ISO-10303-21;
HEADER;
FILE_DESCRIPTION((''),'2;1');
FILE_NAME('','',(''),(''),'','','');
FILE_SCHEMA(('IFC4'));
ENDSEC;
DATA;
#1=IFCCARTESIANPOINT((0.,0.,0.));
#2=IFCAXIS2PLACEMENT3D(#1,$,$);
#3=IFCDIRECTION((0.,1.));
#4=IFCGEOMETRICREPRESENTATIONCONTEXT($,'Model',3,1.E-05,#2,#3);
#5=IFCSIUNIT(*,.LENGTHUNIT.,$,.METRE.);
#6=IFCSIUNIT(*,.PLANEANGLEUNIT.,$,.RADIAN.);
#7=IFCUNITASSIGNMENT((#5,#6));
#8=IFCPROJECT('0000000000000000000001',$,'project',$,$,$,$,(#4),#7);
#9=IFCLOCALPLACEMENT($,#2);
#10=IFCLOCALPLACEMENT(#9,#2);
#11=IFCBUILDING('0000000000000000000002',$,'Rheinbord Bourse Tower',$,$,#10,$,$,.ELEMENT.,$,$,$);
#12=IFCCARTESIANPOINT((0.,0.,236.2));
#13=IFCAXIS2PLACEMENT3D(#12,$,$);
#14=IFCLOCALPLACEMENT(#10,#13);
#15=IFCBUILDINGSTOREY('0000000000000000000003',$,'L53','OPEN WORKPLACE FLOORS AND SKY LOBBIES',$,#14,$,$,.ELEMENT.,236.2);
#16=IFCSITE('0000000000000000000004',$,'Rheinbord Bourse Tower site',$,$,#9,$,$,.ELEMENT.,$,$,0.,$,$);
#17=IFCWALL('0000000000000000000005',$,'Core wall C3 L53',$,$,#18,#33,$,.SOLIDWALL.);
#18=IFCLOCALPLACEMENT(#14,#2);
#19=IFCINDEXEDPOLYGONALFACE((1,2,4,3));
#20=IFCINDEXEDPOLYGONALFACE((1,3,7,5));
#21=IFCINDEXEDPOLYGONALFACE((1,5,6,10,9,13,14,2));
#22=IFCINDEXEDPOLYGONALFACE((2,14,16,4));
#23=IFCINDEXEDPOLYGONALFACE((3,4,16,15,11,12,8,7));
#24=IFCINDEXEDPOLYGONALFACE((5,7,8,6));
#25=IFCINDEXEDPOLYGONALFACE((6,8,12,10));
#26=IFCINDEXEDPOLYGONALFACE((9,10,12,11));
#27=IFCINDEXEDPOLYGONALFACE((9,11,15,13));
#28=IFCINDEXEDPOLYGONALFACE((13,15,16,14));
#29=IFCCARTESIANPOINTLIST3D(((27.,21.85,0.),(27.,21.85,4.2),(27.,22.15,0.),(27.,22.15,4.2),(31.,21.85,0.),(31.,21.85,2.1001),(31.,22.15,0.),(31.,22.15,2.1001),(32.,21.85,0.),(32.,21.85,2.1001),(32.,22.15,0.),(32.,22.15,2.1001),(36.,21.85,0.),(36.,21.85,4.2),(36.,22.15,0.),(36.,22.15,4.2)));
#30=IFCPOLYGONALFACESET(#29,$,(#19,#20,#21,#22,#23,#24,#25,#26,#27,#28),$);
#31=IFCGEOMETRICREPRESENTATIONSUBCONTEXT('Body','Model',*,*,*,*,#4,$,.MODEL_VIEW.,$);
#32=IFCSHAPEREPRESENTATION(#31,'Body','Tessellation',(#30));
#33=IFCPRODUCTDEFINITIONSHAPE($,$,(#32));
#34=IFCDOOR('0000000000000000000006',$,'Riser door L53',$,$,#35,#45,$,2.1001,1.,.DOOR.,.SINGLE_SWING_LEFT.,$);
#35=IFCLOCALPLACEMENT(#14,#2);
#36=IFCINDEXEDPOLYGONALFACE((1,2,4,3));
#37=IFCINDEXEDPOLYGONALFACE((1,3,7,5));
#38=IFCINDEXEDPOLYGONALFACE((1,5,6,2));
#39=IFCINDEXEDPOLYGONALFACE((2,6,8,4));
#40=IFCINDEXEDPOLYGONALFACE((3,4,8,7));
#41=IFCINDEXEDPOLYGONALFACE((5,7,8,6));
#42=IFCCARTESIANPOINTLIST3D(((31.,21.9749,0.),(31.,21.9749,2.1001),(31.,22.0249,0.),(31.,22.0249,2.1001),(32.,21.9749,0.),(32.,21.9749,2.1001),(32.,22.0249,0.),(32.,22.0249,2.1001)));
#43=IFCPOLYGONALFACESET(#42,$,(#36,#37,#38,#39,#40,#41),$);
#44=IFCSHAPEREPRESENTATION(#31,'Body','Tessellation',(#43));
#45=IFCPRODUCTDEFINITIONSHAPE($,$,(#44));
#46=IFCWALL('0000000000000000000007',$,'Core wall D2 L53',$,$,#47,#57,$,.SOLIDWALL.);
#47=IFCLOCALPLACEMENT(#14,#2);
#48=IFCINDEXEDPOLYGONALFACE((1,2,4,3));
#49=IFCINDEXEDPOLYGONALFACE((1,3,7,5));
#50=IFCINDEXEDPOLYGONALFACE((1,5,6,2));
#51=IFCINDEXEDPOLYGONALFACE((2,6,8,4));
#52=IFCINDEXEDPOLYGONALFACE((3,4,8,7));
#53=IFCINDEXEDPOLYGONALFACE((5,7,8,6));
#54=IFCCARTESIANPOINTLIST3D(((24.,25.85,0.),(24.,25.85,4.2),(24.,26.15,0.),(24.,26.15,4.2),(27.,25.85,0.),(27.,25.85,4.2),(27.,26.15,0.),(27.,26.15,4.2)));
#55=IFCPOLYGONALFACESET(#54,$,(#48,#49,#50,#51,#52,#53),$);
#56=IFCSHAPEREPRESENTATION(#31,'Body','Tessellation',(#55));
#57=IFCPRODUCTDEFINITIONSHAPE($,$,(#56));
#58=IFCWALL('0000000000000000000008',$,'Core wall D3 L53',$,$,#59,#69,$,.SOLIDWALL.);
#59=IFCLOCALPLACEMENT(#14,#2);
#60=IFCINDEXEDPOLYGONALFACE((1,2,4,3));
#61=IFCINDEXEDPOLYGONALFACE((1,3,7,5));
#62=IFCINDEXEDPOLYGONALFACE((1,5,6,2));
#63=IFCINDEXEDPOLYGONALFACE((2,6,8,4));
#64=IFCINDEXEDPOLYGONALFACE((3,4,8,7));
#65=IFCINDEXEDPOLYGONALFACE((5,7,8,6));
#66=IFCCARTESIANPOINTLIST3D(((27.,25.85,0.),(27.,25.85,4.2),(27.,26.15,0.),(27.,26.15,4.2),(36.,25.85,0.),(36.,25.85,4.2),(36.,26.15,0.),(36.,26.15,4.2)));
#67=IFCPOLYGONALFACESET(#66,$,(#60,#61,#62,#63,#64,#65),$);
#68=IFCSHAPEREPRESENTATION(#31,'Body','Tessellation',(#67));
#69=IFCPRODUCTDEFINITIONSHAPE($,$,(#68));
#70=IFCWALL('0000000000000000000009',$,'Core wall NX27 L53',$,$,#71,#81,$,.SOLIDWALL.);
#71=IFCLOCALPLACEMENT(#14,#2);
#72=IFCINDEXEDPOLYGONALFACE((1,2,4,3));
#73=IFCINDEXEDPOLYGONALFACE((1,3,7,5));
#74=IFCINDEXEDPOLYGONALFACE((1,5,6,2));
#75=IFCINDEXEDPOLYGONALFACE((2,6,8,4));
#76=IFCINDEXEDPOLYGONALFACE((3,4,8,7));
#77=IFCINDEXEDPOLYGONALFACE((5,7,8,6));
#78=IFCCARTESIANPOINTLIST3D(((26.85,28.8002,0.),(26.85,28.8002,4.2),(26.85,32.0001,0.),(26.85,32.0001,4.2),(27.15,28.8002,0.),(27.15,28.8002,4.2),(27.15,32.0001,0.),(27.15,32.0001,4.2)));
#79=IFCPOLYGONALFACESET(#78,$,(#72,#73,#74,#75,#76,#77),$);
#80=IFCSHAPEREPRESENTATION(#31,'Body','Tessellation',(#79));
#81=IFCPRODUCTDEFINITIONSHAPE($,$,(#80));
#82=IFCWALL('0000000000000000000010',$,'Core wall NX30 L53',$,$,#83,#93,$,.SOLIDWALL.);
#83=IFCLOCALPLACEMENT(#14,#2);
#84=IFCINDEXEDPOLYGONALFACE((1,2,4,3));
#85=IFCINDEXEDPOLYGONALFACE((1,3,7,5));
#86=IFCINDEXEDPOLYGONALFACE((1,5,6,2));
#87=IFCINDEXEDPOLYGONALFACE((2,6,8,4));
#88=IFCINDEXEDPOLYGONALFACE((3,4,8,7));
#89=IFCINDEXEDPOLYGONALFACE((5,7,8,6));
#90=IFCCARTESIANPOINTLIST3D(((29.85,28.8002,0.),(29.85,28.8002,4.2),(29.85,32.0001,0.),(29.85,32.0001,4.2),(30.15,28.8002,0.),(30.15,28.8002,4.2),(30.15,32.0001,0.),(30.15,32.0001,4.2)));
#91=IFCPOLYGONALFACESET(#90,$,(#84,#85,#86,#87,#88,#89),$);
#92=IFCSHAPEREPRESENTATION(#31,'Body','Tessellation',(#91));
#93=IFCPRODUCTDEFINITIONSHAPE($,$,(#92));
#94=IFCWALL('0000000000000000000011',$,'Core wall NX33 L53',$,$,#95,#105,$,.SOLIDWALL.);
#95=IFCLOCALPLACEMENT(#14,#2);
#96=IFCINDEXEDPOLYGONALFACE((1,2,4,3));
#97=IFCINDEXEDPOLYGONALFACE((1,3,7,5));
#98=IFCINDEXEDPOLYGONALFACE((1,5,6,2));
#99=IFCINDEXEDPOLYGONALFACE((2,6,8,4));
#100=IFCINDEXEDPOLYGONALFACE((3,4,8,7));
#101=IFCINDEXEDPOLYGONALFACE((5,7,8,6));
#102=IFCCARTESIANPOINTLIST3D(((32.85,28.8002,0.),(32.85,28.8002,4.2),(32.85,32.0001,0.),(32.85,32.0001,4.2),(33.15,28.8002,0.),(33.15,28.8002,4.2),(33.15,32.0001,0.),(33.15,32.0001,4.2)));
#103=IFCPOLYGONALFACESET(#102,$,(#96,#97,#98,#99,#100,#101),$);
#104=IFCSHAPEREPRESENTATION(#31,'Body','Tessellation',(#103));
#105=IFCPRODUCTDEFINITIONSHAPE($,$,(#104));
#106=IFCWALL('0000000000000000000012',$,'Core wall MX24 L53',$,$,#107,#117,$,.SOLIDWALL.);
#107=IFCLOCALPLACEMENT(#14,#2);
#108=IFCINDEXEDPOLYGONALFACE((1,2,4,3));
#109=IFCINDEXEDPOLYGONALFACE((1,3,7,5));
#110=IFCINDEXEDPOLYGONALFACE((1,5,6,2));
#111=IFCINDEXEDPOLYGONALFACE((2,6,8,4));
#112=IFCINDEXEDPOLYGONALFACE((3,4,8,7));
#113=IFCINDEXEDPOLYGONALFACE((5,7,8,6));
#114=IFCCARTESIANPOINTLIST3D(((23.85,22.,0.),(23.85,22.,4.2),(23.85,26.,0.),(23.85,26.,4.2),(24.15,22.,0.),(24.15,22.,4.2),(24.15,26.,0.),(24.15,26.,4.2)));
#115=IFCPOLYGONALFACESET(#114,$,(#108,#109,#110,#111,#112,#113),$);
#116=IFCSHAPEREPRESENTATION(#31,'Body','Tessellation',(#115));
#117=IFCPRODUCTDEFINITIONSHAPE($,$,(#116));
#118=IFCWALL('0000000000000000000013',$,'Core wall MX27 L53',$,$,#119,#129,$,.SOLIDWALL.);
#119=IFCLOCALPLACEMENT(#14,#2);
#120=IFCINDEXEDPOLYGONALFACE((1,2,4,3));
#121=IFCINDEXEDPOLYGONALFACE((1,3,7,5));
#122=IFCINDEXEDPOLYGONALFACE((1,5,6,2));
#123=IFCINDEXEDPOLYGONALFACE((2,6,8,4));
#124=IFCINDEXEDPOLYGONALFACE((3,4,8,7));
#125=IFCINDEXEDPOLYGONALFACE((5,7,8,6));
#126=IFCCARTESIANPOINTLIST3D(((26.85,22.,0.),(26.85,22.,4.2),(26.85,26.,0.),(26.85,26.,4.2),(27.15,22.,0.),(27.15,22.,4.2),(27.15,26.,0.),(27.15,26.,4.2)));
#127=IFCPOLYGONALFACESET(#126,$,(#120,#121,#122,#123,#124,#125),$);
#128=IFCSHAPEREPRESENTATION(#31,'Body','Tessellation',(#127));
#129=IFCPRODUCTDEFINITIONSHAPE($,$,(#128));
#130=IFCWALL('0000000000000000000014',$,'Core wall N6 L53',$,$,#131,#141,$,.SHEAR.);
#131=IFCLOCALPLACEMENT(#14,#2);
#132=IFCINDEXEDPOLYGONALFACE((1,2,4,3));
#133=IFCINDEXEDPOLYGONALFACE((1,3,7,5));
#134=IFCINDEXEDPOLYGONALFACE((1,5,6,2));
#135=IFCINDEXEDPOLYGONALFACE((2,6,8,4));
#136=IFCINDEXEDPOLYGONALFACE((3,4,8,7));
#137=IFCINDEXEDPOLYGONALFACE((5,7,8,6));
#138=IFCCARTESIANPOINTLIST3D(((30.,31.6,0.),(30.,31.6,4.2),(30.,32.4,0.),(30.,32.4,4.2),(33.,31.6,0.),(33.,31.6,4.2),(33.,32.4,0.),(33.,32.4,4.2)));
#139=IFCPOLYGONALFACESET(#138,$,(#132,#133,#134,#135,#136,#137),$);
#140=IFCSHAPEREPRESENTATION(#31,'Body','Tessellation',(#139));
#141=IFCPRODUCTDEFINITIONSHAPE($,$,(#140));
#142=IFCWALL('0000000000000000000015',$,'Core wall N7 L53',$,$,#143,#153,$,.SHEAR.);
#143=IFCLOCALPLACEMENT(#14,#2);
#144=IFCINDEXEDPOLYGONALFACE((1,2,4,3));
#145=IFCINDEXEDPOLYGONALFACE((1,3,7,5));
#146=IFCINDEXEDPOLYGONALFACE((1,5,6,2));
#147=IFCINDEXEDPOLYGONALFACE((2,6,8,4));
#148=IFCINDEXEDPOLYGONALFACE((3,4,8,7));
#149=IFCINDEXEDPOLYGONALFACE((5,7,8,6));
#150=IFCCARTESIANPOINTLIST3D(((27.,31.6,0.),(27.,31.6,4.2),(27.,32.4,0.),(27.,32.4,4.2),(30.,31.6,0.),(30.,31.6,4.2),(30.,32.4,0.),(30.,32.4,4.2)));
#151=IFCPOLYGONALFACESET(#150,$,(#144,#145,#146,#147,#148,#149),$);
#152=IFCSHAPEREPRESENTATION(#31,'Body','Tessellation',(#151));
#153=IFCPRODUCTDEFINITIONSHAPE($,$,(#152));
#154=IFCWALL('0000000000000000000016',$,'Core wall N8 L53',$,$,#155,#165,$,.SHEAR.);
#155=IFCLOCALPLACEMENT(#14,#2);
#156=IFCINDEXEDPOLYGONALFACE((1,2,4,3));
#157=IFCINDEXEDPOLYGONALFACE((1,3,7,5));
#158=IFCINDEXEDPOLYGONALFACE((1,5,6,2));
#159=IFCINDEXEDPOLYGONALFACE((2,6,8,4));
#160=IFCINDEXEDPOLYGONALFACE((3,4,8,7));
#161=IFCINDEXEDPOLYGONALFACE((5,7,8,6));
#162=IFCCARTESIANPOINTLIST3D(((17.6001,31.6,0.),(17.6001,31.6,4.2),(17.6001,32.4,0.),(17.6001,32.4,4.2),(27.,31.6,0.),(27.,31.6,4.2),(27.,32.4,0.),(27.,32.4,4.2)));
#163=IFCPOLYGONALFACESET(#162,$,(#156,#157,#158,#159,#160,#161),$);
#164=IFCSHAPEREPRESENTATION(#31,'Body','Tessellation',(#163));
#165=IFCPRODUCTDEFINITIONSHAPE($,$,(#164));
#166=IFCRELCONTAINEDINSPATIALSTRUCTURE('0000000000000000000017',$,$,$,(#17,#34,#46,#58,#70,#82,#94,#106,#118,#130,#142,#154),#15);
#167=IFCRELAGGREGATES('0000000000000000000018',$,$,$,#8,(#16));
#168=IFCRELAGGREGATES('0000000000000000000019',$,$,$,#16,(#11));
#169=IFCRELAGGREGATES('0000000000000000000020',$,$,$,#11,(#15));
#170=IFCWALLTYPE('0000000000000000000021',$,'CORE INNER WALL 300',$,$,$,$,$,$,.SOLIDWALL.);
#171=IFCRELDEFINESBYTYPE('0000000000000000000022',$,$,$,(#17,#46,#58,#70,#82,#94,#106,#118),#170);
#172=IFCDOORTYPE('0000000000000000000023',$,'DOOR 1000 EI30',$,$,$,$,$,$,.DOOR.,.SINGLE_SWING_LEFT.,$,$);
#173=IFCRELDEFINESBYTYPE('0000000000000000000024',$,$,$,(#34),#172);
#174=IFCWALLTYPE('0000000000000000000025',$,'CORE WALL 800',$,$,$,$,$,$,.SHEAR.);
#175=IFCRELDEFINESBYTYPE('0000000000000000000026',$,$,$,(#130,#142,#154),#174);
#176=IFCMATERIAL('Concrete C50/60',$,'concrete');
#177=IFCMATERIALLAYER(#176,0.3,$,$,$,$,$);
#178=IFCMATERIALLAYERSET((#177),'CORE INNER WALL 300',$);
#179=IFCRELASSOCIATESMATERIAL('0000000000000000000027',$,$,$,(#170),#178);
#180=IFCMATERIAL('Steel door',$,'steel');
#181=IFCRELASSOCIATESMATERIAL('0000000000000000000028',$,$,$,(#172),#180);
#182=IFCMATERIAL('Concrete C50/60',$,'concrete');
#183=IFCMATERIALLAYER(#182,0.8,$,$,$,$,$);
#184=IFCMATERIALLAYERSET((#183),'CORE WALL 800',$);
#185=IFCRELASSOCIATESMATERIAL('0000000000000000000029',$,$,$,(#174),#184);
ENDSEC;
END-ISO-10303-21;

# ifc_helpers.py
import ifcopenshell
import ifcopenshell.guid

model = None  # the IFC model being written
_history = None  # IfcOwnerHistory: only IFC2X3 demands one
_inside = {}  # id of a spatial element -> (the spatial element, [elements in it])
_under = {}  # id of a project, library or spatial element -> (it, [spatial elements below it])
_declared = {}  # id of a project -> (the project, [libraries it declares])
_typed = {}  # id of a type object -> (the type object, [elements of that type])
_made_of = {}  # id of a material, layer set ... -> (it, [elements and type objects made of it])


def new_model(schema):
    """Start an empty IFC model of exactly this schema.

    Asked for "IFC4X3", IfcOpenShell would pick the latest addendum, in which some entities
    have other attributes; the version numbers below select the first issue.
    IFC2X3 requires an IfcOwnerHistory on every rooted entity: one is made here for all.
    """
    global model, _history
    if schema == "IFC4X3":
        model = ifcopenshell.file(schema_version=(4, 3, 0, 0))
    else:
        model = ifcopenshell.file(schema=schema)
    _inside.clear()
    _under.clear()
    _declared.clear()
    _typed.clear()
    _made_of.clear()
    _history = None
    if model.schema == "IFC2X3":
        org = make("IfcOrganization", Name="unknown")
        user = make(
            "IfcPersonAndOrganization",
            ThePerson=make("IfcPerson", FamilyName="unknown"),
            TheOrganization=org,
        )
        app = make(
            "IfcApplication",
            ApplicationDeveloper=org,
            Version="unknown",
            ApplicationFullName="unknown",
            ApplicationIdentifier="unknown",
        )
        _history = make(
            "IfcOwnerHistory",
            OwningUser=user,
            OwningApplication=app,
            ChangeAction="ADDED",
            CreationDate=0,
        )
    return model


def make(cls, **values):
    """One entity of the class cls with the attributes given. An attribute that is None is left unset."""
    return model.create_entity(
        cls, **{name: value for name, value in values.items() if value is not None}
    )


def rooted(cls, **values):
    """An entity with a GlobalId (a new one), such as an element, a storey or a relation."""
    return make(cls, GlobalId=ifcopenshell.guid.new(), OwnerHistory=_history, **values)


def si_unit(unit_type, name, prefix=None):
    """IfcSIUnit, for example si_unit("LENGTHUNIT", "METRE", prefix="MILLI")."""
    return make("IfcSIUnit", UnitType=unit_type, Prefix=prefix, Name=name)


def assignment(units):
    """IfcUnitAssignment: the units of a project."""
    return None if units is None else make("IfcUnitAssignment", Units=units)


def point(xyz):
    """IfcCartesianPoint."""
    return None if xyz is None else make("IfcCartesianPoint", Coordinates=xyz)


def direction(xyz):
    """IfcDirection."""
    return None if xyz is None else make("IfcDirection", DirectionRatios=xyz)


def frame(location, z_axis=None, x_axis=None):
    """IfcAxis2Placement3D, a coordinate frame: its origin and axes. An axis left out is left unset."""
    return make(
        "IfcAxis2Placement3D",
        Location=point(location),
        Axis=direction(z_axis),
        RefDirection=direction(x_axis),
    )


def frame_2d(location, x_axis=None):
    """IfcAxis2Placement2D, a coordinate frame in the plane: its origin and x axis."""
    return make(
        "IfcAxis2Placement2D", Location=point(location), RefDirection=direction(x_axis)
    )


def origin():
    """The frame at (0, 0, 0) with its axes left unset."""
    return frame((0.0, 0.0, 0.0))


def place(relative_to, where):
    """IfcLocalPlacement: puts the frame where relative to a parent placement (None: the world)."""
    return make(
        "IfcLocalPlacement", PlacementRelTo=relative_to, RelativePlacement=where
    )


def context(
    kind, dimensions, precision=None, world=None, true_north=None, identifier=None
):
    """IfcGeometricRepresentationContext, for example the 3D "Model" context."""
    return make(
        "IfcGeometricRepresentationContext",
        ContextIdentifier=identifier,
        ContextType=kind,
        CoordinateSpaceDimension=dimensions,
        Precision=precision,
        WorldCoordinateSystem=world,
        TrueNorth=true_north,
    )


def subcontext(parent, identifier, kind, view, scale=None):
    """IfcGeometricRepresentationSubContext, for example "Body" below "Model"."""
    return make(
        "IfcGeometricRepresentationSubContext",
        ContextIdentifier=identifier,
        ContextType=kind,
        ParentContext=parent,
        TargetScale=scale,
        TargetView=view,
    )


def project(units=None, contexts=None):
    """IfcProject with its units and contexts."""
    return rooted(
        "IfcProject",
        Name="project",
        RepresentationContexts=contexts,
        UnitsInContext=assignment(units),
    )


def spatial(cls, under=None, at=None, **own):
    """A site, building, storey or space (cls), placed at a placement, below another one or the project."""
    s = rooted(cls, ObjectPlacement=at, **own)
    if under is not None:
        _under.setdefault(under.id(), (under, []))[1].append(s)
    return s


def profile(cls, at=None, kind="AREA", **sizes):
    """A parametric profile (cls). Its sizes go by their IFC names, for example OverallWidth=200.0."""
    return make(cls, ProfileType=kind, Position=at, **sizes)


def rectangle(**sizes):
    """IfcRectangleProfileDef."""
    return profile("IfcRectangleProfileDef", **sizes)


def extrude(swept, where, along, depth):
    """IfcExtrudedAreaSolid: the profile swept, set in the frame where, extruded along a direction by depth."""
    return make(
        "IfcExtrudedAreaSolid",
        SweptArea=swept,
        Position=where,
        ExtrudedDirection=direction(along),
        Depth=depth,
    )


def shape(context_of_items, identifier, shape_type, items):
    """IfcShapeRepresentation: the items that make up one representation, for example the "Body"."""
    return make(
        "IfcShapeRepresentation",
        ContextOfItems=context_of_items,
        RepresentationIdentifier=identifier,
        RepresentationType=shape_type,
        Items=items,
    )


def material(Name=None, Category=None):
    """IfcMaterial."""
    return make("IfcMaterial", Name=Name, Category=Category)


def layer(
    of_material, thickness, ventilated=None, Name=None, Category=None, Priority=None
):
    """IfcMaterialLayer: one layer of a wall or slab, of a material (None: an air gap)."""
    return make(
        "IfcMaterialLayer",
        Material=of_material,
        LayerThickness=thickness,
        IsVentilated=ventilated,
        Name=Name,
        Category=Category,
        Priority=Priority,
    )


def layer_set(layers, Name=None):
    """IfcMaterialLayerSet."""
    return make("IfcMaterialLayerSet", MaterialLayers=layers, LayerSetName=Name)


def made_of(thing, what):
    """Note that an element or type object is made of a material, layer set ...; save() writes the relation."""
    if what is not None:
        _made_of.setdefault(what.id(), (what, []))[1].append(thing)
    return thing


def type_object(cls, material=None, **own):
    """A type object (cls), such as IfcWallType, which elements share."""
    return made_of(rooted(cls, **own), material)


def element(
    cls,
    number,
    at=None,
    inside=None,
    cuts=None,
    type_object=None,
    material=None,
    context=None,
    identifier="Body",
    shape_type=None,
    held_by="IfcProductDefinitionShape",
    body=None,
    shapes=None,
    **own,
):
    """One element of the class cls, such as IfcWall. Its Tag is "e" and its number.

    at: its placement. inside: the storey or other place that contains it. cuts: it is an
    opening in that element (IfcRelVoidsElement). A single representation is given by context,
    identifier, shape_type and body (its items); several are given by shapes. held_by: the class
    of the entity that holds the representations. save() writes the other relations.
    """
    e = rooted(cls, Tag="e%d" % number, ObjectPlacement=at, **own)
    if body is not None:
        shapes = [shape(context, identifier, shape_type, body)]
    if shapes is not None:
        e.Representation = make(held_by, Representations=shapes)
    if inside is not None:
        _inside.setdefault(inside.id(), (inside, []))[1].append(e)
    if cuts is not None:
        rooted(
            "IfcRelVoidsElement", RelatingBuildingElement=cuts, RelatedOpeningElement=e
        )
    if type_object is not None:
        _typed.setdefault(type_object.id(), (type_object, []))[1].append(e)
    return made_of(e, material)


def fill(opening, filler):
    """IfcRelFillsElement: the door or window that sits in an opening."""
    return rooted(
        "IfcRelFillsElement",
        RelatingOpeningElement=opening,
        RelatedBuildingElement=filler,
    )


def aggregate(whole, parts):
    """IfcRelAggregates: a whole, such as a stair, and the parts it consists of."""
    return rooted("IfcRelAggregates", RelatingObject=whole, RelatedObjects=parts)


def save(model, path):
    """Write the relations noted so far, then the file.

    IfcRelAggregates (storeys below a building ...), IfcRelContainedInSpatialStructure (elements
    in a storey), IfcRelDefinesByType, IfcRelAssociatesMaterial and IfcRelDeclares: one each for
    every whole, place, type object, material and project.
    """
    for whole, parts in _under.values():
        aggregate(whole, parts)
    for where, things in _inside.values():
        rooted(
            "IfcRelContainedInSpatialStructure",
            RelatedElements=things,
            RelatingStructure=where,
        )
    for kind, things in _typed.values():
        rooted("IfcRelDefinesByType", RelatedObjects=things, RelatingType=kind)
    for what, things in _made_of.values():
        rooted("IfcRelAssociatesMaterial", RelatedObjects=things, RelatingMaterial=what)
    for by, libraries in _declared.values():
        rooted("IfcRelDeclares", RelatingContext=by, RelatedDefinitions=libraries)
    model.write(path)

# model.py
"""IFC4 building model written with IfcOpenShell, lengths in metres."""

from ifc_helpers import new_model, si_unit, direction, frame, frame_2d, origin, place, context, subcontext, project, spatial, rectangle, extrude, material, layer, layer_set, type_object, element, fill, save


model = new_model("IFC4")

# Units and contexts
model_context = context("Model", 3, precision=1e-05, world=origin(), true_north=direction((0.0, 1.0)))
body_context = subcontext(model_context, "Body", "Model", "MODEL_VIEW")
ifc_project = project(units=[si_unit("LENGTHUNIT", "METRE"), si_unit("PLANEANGLEUNIT", "RADIAN")], contexts=[model_context])

# Site, building, storey
site_placement = place(None, origin())
site = spatial("IfcSite", under=ifc_project, at=site_placement, Name="Rheinbord Bourse Tower site", CompositionType="ELEMENT", RefElevation=0.0)
building_placement = place(site_placement, origin())
building = spatial("IfcBuilding", under=site, at=building_placement, Name="Rheinbord Bourse Tower", CompositionType="ELEMENT")
storey_placement = place(building_placement, frame((0.0, 0.0, 236.2)))
storey = spatial("IfcBuildingStorey", under=building, at=storey_placement, Name="L53", Description="OPEN WORKPLACE FLOORS AND SKY LOBBIES", CompositionType="ELEMENT", Elevation=236.2)

# Wall, opening, door
ifc_material_1 = material(Name="Concrete C50/60", Category="concrete")
ifc_layer_1 = layer(ifc_material_1, 0.3)
ifc_layer_set_1 = layer_set([ifc_layer_1], Name="CORE INNER WALL 300")
wall_type_1 = type_object("IfcWallType", Name="CORE INNER WALL 300", PredefinedType="SOLIDWALL", material=ifc_layer_set_1)
wall_1_placement = place(storey_placement, frame((27.0, 22.0, 0.0), z_axis=(0.0, 0.0, 1.0), x_axis=(1.0, 0.0, 0.0)))
wall_1 = element("IfcWall", 1, at=wall_1_placement, inside=storey, type_object=wall_type_1, Name="Core wall C3 L53", PredefinedType="SOLIDWALL", context=body_context, shape_type="SweptSolid", body=[
    extrude(rectangle(XDim=9.0, YDim=0.3, at=frame_2d((4.5, 0.0))), origin(), (0.0, 0.0, 1.0), 4.2),
])
opening_1_placement = place(wall_1_placement, frame((4.0, 0.0, 0.0)))
opening_1 = element("IfcOpeningElement", 2, at=opening_1_placement, cuts=wall_1, PredefinedType="OPENING", context=body_context, shape_type="SweptSolid", body=[
    extrude(rectangle(XDim=1.0, YDim=2.1001, at=frame_2d((0.5, 1.05))), frame((0.0, 0.1599, 0.0), z_axis=(0.0, -1.0, 0.0), x_axis=(1.0, 0.0, 0.0)), (0.0, 0.0, 1.0), 0.3201),
])
ifc_material_2 = material(Name="Steel door", Category="steel")
door_type_1 = type_object("IfcDoorType", Name="DOOR 1000 EI30", OperationType="SINGLE_SWING_LEFT", PredefinedType="DOOR", material=ifc_material_2)
door_1_placement = place(opening_1_placement, origin())
door_1 = element("IfcDoor", 3, at=door_1_placement, inside=storey, type_object=door_type_1, Name="Riser door L53", OperationType="SINGLE_SWING_LEFT", OverallHeight=2.1001, OverallWidth=1.0, PredefinedType="DOOR", context=body_context, shape_type="SweptSolid", body=[
    extrude(rectangle(XDim=1.0, YDim=2.1001, at=frame_2d((0.5, 1.05))), frame((0.0, 0.0249, 0.0), z_axis=(0.0, -1.0, 0.0), x_axis=(1.0, 0.0, 0.0)), (0.0, 0.0, 1.0), 0.05),
])
fill(opening_1, door_1)

# Walls
wall_2_placement = place(storey_placement, frame((24.0, 26.0, 0.0), z_axis=(0.0, 0.0, 1.0), x_axis=(1.0, 0.0, 0.0)))
element("IfcWall", 4, at=wall_2_placement, inside=storey, type_object=wall_type_1, Name="Core wall D2 L53", PredefinedType="SOLIDWALL", context=body_context, shape_type="SweptSolid", body=[
    extrude(rectangle(XDim=3.0, YDim=0.3, at=frame_2d((1.5, 0.0))), origin(), (0.0, 0.0, 1.0), 4.2),
])
wall_3_placement = place(storey_placement, frame((27.0, 26.0, 0.0), z_axis=(0.0, 0.0, 1.0), x_axis=(1.0, 0.0, 0.0)))
element("IfcWall", 5, at=wall_3_placement, inside=storey, type_object=wall_type_1, Name="Core wall D3 L53", PredefinedType="SOLIDWALL", context=body_context, shape_type="SweptSolid", body=[
    extrude(rectangle(XDim=9.0, YDim=0.3, at=frame_2d((4.5, 0.0))), origin(), (0.0, 0.0, 1.0), 4.2),
])
for number, where, z_axis, x_axis, name in (
    (6, (27.0, 28.8, 0.0), (0.0, 0.0, 1.0), (0.0, 1.0, 0.0), "Core wall NX27 L53"),
    (7, (30.0, 28.8, 0.0), (0.0, 0.0, 1.0), (0.0, 1.0, 0.0), "Core wall NX30 L53"),
    (8, (33.0, 28.8, 0.0), (0.0, 0.0, 1.0), (0.0, 1.0, 0.0), "Core wall NX33 L53"),
):
    element("IfcWall", number, at=place(storey_placement, frame(where, z_axis=z_axis, x_axis=x_axis)), inside=storey, type_object=wall_type_1, Name=name, PredefinedType="SOLIDWALL", context=body_context, shape_type="SweptSolid", body=[
        extrude(rectangle(XDim=3.2, YDim=0.3, at=frame_2d((1.6001, 0.0))), origin(), (0.0, 0.0, 1.0), 4.2),
    ])
for number, where, z_axis, x_axis, name in (
    (9, (24.0, 22.0, 0.0), (0.0, 0.0, 1.0), (0.0, 1.0, 0.0), "Core wall MX24 L53"),
    (10, (27.0, 22.0, 0.0), (0.0, 0.0, 1.0), (0.0, 1.0, 0.0), "Core wall MX27 L53"),
):
    element("IfcWall", number, at=place(storey_placement, frame(where, z_axis=z_axis, x_axis=x_axis)), inside=storey, type_object=wall_type_1, Name=name, PredefinedType="SOLIDWALL", context=body_context, shape_type="SweptSolid", body=[
        extrude(rectangle(XDim=4.0, YDim=0.3, at=frame_2d((2.0, 0.0))), origin(), (0.0, 0.0, 1.0), 4.2),
    ])
ifc_material_3 = material(Name="Concrete C50/60", Category="concrete")
ifc_layer_2 = layer(ifc_material_3, 0.8)
ifc_layer_set_2 = layer_set([ifc_layer_2], Name="CORE WALL 800")
wall_type_2 = type_object("IfcWallType", Name="CORE WALL 800", PredefinedType="SHEAR", material=ifc_layer_set_2)
for number, where, z_axis, x_axis, name in (
    (11, (33.0, 32.0, 0.0), (0.0, 0.0, 1.0), (-1.0, 0.0, 0.0), "Core wall N6 L53"),
    (12, (30.0, 32.0, 0.0), (0.0, 0.0, 1.0), (-1.0, 0.0, 0.0), "Core wall N7 L53"),
):
    element("IfcWall", number, at=place(storey_placement, frame(where, z_axis=z_axis, x_axis=x_axis)), inside=storey, type_object=wall_type_2, Name=name, PredefinedType="SHEAR", context=body_context, shape_type="SweptSolid", body=[
        extrude(rectangle(XDim=3.0, YDim=0.8, at=frame_2d((1.5, 0.0))), origin(), (0.0, 0.0, 1.0), 4.2),
    ])
wall_4_placement = place(storey_placement, frame((27.0, 32.0, 0.0), z_axis=(0.0, 0.0, 1.0), x_axis=(-1.0, 0.0, 0.0)))
element("IfcWall", 13, at=wall_4_placement, inside=storey, type_object=wall_type_2, Name="Core wall N8 L53", PredefinedType="SHEAR", context=body_context, shape_type="SweptSolid", body=[
    extrude(rectangle(XDim=9.3999, YDim=0.8, at=frame_2d((4.7, 0.0))), origin(), (0.0, 0.0, 1.0), 4.2),
])

save(model, "model.ifc")
